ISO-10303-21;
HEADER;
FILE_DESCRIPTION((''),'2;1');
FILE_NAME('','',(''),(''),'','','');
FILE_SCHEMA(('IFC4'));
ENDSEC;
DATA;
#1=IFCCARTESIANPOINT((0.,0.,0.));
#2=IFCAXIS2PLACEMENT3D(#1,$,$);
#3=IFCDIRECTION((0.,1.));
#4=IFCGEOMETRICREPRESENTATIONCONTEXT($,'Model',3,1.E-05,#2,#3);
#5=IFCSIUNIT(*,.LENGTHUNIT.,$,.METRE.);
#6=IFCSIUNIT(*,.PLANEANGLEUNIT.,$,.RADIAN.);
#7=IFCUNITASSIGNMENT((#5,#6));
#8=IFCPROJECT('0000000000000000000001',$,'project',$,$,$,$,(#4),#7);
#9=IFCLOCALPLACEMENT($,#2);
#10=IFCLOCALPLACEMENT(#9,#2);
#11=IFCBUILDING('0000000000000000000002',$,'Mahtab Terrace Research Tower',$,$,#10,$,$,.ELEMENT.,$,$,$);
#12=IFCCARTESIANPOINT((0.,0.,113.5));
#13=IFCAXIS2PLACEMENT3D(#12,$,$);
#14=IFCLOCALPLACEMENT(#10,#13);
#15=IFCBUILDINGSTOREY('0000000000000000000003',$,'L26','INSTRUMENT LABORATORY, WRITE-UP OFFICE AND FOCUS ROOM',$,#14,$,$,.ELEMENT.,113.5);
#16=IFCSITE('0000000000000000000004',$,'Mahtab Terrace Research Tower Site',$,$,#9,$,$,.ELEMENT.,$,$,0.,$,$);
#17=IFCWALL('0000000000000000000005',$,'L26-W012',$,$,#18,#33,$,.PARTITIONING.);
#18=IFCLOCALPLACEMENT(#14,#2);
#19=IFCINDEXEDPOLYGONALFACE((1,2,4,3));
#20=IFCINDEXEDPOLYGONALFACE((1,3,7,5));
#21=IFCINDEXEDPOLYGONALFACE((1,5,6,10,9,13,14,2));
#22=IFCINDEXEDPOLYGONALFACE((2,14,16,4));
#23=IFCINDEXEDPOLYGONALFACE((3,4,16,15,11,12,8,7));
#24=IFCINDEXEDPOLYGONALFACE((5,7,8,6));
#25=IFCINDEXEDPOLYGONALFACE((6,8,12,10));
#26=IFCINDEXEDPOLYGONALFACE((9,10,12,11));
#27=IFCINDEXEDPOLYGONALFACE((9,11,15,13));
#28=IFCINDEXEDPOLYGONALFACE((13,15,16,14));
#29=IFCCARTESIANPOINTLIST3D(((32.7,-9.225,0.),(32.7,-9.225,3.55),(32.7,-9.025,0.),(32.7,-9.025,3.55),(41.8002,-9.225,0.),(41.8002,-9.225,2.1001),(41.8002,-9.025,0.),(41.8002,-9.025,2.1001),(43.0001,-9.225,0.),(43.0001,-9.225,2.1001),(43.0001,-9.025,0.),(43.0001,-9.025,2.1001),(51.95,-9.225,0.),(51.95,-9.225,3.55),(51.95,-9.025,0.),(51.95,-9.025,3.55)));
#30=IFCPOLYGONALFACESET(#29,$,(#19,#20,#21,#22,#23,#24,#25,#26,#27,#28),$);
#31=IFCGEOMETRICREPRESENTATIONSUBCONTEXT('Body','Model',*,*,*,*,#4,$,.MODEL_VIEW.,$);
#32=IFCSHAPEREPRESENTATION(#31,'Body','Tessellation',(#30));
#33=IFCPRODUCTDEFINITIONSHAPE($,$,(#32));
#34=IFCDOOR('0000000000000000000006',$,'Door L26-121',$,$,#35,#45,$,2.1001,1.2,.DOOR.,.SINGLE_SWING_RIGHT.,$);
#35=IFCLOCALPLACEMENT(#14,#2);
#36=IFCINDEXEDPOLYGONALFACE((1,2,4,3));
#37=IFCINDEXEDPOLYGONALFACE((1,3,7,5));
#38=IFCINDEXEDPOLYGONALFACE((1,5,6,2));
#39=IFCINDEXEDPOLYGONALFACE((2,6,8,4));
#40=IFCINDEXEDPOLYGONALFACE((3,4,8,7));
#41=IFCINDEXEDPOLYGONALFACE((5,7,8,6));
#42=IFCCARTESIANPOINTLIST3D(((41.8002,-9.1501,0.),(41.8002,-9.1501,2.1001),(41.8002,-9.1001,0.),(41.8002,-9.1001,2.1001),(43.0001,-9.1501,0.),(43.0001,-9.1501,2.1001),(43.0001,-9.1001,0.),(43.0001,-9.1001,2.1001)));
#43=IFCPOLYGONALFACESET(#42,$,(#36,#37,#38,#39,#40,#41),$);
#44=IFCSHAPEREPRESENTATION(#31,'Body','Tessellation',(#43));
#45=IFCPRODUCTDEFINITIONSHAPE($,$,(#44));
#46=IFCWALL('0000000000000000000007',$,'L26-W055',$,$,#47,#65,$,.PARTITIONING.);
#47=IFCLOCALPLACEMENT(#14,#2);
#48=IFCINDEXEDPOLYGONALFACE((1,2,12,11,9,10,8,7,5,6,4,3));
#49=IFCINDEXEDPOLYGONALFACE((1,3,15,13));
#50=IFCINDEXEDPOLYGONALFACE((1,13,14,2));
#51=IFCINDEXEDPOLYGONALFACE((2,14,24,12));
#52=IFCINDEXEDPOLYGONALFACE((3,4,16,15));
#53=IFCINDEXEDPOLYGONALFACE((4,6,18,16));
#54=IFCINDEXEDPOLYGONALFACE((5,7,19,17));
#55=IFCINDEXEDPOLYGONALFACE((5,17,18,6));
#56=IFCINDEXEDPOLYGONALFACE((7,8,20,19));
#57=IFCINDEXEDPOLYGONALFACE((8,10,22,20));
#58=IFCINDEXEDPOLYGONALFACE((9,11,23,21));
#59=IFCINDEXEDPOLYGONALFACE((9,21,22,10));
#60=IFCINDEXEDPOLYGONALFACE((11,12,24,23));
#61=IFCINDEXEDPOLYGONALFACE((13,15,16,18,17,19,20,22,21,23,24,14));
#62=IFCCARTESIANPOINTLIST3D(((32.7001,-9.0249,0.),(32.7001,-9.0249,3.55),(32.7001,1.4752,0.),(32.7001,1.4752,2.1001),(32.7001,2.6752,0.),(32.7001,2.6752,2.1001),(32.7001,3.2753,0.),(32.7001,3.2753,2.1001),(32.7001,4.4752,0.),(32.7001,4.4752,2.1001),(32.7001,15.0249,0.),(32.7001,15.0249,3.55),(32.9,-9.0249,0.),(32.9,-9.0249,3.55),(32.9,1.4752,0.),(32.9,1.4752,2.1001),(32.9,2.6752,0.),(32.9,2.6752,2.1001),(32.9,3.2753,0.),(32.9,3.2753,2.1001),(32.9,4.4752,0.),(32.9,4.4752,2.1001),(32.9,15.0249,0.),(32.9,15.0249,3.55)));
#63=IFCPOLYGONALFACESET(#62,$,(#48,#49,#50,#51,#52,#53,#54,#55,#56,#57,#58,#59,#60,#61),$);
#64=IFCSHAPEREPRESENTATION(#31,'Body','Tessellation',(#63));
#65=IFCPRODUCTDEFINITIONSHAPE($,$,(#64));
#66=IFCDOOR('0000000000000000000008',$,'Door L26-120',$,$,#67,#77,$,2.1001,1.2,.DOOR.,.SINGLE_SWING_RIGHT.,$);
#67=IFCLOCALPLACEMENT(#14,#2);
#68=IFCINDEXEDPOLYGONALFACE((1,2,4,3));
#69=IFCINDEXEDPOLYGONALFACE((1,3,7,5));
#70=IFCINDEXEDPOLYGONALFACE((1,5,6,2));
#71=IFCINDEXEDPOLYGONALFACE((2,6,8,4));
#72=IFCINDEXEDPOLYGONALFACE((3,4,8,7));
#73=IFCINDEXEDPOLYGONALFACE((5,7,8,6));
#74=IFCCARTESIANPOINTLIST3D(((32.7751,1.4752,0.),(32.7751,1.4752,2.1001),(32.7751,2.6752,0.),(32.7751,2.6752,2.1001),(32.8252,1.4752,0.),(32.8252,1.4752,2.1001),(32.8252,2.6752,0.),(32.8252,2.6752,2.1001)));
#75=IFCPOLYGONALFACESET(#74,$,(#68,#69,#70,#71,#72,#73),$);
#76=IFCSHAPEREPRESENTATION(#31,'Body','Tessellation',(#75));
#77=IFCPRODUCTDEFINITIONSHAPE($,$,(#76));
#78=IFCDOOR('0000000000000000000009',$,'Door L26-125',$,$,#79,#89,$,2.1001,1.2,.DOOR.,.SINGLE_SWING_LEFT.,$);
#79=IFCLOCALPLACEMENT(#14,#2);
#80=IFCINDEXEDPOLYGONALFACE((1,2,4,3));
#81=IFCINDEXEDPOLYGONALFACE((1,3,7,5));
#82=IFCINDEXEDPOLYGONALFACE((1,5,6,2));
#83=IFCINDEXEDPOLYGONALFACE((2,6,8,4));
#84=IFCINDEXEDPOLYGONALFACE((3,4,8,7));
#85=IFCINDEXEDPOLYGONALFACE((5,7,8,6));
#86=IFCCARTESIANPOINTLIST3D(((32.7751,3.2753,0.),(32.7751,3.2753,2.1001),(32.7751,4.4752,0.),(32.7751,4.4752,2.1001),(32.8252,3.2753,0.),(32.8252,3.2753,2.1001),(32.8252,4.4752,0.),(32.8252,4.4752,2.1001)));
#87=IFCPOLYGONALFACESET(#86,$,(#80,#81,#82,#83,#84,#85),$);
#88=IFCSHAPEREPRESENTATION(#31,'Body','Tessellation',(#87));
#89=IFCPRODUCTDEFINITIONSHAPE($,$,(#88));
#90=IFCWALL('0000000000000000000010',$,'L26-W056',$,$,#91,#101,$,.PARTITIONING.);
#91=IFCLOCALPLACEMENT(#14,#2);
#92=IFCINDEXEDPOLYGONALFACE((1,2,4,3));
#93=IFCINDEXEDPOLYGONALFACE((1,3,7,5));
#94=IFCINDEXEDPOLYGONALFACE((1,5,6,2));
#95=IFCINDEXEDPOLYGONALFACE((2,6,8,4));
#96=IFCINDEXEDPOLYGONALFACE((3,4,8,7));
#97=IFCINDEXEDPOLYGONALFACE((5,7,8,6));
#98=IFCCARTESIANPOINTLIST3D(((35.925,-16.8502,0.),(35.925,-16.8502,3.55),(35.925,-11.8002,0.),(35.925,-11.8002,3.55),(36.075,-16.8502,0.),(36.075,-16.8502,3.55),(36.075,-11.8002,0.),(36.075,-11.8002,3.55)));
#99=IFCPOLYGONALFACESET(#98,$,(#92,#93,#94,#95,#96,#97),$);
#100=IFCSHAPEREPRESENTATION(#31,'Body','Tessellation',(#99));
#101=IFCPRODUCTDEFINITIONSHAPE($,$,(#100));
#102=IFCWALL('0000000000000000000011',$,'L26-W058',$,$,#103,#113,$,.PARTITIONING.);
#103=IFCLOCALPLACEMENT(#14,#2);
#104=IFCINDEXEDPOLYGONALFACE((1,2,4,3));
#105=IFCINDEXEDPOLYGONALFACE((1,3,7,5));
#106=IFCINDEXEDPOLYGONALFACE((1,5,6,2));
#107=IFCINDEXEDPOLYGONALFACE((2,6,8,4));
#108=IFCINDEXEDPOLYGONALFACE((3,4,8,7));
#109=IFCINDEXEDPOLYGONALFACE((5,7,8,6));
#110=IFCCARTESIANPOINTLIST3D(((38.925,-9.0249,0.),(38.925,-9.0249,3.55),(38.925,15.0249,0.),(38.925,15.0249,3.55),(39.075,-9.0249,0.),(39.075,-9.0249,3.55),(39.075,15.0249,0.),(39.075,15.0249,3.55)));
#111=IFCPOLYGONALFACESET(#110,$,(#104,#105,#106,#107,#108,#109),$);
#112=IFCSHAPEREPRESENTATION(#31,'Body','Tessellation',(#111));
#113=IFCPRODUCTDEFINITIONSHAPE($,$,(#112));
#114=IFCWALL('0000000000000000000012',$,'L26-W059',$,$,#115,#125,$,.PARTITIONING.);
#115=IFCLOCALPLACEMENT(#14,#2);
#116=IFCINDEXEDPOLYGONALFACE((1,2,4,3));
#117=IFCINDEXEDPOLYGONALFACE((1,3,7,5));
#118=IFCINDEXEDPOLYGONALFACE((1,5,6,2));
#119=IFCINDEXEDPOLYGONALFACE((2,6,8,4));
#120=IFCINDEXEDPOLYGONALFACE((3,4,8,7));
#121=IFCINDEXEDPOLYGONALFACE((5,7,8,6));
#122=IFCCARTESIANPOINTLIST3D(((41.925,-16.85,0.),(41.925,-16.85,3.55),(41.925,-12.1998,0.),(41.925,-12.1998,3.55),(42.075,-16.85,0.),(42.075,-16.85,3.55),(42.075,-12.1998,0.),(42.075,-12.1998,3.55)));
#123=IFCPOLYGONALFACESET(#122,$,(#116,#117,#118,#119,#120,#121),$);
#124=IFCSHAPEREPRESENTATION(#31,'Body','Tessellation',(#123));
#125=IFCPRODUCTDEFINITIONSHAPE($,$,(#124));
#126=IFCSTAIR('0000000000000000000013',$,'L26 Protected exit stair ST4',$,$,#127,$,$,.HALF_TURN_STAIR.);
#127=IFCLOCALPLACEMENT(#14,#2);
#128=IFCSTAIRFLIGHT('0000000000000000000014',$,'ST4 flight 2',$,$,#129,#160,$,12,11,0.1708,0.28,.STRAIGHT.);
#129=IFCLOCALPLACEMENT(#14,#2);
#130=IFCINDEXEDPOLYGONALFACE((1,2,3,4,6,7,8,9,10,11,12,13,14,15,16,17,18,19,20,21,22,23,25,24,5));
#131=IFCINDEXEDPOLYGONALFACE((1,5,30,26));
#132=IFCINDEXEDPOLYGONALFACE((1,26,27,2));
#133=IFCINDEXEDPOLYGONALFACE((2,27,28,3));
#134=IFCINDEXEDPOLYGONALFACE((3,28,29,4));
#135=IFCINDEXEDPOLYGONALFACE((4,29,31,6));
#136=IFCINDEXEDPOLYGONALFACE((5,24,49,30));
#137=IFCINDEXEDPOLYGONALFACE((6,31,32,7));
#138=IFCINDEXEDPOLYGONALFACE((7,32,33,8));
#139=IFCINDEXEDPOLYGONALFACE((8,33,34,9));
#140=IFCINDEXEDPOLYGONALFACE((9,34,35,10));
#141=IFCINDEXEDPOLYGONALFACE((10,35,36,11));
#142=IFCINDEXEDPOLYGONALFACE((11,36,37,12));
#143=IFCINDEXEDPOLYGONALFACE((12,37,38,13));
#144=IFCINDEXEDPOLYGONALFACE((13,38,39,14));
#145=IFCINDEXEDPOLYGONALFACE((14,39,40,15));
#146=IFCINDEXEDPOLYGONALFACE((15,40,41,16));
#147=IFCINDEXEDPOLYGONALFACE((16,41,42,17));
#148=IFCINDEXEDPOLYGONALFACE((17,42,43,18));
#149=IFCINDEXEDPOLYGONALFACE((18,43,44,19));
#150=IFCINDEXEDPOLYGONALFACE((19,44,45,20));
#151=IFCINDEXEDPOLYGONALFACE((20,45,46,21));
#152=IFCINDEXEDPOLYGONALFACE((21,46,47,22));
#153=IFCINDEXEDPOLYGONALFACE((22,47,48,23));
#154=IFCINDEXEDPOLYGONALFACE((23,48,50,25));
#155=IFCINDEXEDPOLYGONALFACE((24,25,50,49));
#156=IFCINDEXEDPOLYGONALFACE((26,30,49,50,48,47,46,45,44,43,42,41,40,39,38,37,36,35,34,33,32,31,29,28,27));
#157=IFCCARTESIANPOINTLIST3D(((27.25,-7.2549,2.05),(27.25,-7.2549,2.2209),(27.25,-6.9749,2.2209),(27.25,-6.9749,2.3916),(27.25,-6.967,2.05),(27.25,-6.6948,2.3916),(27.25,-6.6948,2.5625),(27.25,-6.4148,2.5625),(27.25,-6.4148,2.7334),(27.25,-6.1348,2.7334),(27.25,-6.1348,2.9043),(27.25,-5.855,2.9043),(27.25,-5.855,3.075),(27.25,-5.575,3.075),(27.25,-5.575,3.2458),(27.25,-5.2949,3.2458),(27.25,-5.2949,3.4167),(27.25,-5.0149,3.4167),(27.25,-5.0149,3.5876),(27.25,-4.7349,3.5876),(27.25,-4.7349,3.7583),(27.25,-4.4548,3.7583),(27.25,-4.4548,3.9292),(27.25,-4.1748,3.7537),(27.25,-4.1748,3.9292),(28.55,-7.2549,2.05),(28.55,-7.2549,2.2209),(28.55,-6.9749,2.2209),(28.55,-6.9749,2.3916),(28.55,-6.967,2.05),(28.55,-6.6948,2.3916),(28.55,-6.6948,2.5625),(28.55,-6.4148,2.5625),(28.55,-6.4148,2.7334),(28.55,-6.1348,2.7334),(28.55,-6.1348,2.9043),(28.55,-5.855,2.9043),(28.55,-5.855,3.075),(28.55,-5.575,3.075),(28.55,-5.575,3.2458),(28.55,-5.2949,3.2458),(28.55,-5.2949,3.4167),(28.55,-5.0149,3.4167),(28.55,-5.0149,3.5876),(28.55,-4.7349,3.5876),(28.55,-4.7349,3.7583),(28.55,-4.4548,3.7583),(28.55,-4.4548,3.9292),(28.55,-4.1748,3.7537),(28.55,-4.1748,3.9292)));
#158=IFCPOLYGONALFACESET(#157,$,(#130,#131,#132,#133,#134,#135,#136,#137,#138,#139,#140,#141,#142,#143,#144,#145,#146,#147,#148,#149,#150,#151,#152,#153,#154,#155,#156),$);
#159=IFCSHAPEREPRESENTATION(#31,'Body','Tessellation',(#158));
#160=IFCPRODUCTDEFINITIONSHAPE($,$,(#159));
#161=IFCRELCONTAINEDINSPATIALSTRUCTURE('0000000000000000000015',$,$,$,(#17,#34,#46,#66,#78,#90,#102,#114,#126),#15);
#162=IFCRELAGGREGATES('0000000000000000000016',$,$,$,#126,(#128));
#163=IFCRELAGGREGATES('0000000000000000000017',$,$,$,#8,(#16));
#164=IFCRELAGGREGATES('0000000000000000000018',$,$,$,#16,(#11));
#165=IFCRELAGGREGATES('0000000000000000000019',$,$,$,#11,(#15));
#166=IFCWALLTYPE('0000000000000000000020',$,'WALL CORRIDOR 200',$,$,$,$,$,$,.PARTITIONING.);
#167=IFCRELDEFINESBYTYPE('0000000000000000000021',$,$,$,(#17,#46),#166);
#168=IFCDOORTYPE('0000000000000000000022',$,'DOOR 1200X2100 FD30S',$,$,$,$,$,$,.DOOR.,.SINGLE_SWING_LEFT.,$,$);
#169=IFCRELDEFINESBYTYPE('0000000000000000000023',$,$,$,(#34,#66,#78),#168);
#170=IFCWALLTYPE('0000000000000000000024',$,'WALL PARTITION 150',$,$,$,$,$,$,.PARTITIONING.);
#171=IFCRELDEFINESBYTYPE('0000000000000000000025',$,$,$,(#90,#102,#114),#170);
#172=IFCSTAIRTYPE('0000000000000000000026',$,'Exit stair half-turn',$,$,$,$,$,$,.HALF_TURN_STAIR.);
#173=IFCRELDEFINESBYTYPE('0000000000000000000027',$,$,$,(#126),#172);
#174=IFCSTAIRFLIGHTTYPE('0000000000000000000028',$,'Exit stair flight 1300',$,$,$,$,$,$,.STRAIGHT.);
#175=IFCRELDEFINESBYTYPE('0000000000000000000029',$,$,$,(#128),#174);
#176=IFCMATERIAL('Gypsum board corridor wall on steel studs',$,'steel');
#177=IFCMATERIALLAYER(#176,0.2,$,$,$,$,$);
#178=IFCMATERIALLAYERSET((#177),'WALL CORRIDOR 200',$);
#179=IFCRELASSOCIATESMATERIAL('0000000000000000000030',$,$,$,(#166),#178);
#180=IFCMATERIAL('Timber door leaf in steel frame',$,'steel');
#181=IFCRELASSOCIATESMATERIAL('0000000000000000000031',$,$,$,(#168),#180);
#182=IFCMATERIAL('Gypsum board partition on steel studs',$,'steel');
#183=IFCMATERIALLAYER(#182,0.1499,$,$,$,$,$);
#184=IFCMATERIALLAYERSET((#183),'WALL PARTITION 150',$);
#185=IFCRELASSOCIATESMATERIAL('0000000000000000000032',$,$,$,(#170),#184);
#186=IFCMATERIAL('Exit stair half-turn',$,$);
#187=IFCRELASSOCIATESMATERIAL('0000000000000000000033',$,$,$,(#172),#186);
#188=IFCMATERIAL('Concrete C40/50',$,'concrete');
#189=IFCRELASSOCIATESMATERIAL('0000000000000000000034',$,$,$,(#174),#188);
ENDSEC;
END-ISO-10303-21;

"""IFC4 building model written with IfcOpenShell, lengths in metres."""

from ifc_helpers import new_model, si_unit, direction, frame, frame_2d, origin, place, context, subcontext, project, spatial, polyline, rectangle, outline, extrude, material, layer, layer_set, type_object, element, fill, aggregate, save


model = new_model("IFC4")

# Units and contexts
model_context = context("Model", 3, precision=1e-05, world=origin(), true_north=direction((0.0, 1.0)))
body_context = subcontext(model_context, "Body", "Model", "MODEL_VIEW")
ifc_project = project(units=[si_unit("LENGTHUNIT", "METRE"), si_unit("PLANEANGLEUNIT", "RADIAN")], contexts=[model_context])

# Site, building, storey
site_placement = place(None, origin())
site = spatial("IfcSite", under=ifc_project, at=site_placement, Name="Mahtab Terrace Research Tower Site", CompositionType="ELEMENT", RefElevation=0.0)
building_placement = place(site_placement, origin())
building = spatial("IfcBuilding", under=site, at=building_placement, Name="Mahtab Terrace Research Tower", CompositionType="ELEMENT")
storey_placement = place(building_placement, frame((0.0, 0.0, 113.5)))
storey = spatial("IfcBuildingStorey", under=building, at=storey_placement, Name="L26", Description="INSTRUMENT LABORATORY, WRITE-UP OFFICE AND FOCUS ROOM", CompositionType="ELEMENT", Elevation=113.5)

# Shared definitions
ifc_material_1 = material(Name="Gypsum board corridor wall on steel studs", Category="steel")
ifc_layer_1 = layer(ifc_material_1, 0.2)
ifc_layer_set_1 = layer_set([ifc_layer_1], Name="WALL CORRIDOR 200")
wall_type_1 = type_object("IfcWallType", Name="WALL CORRIDOR 200", PredefinedType="PARTITIONING", material=ifc_layer_set_1)
ifc_material_2 = material(Name="Timber door leaf in steel frame", Category="steel")

# Wall, opening, door
wall_1_placement = place(storey_placement, frame((32.7, -9.125, 0.0), z_axis=(0.0, 0.0, 1.0), x_axis=(1.0, 0.0, 0.0)))
wall_1 = element("IfcWall", 1, at=wall_1_placement, inside=storey, type_object=wall_type_1, Name="L26-W012", PredefinedType="PARTITIONING", context=body_context, shape_type="SweptSolid", body=[
    extrude(rectangle(XDim=19.25, YDim=0.2, at=frame_2d((9.625, 0.0))), origin(), (0.0, 0.0, 1.0), 3.55),
])
opening_1_placement = place(wall_1_placement, frame((9.1001, 0.0, 0.0)))
opening_1 = element("IfcOpeningElement", 2, at=opening_1_placement, cuts=wall_1, PredefinedType="OPENING", context=body_context, shape_type="SweptSolid", body=[
    extrude(rectangle(XDim=1.2, YDim=2.1001, at=frame_2d((0.6001, 1.05))), frame((0.0, 0.1099, 0.0), z_axis=(0.0, -1.0, 0.0), x_axis=(1.0, 0.0, 0.0)), (0.0, 0.0, 1.0), 0.22),
])
door_type_1 = type_object("IfcDoorType", Name="DOOR 1200X2100 FD30S", OperationType="SINGLE_SWING_LEFT", PredefinedType="DOOR", material=ifc_material_2)
door_1_placement = place(opening_1_placement, origin())
door_1 = element("IfcDoor", 3, at=door_1_placement, inside=storey, type_object=door_type_1, Name="Door L26-121", OperationType="SINGLE_SWING_RIGHT", OverallHeight=2.1001, OverallWidth=1.2, PredefinedType="DOOR", context=body_context, shape_type="SweptSolid", body=[
    extrude(rectangle(XDim=1.2, YDim=2.1001, at=frame_2d((0.6001, 1.05))), frame((0.0, 0.0249, 0.0), z_axis=(0.0, -1.0, 0.0), x_axis=(1.0, 0.0, 0.0)), (0.0, 0.0, 1.0), 0.05),
])
fill(opening_1, door_1)

# Wall, openings, doors
wall_2_placement = place(storey_placement, frame((32.8, -9.0249, 0.0), z_axis=(0.0, 0.0, 1.0), x_axis=(0.0, 1.0, 0.0)))
wall_2 = element("IfcWall", 4, at=wall_2_placement, inside=storey, type_object=wall_type_1, Name="L26-W055", PredefinedType="PARTITIONING", context=body_context, shape_type="SweptSolid", body=[
    extrude(rectangle(XDim=24.0498, YDim=0.2, at=frame_2d((12.0249, 0.0))), origin(), (0.0, 0.0, 1.0), 3.55),
])
opening_2_placement = place(wall_2_placement, frame((10.5, 0.0, 0.0)))
opening_2 = element("IfcOpeningElement", 5, at=opening_2_placement, cuts=wall_2, PredefinedType="OPENING", context=body_context, shape_type="SweptSolid", body=[
    extrude(rectangle(XDim=1.2, YDim=2.1001, at=frame_2d((0.6001, 1.05))), frame((0.0, 0.1099, 0.0), z_axis=(0.0, -1.0, 0.0), x_axis=(1.0, 0.0, 0.0)), (0.0, 0.0, 1.0), 0.22),
])
opening_3_placement = place(wall_2_placement, frame((12.3, 0.0, 0.0)))
opening_3 = element("IfcOpeningElement", 6, at=opening_3_placement, cuts=wall_2, PredefinedType="OPENING", context=body_context, shape_type="SweptSolid", body=[
    extrude(rectangle(XDim=1.2, YDim=2.1001, at=frame_2d((0.6001, 1.05))), frame((0.0, 0.1099, 0.0), z_axis=(0.0, -1.0, 0.0), x_axis=(1.0, 0.0, 0.0)), (0.0, 0.0, 1.0), 0.22),
])
door_2_placement = place(opening_2_placement, origin())
door_2 = element("IfcDoor", 7, at=door_2_placement, inside=storey, type_object=door_type_1, Name="Door L26-120", OperationType="SINGLE_SWING_RIGHT", OverallHeight=2.1001, OverallWidth=1.2, PredefinedType="DOOR", context=body_context, shape_type="SweptSolid", body=[
    extrude(rectangle(XDim=1.2, YDim=2.1001, at=frame_2d((0.6001, 1.05))), frame((0.0, 0.0249, 0.0), z_axis=(0.0, -1.0, 0.0), x_axis=(1.0, 0.0, 0.0)), (0.0, 0.0, 1.0), 0.05),
])
fill(opening_2, door_2)
door_3_placement = place(opening_3_placement, origin())
door_3 = element("IfcDoor", 8, at=door_3_placement, inside=storey, type_object=door_type_1, Name="Door L26-125", OperationType="SINGLE_SWING_LEFT", OverallHeight=2.1001, OverallWidth=1.2, PredefinedType="DOOR", context=body_context, shape_type="SweptSolid", body=[
    extrude(rectangle(XDim=1.2, YDim=2.1001, at=frame_2d((0.6001, 1.05))), frame((0.0, 0.0249, 0.0), z_axis=(0.0, -1.0, 0.0), x_axis=(1.0, 0.0, 0.0)), (0.0, 0.0, 1.0), 0.05),
])
fill(opening_3, door_3)

# Walls
ifc_material_3 = material(Name="Gypsum board partition on steel studs", Category="steel")
ifc_layer_2 = layer(ifc_material_3, 0.1499)
ifc_layer_set_2 = layer_set([ifc_layer_2], Name="WALL PARTITION 150")
wall_type_2 = type_object("IfcWallType", Name="WALL PARTITION 150", PredefinedType="PARTITIONING", material=ifc_layer_set_2)
wall_3_placement = place(storey_placement, frame((36.0, -16.8501, 0.0), z_axis=(0.0, 0.0, 1.0), x_axis=(0.0, 1.0, 0.0)))
element("IfcWall", 9, at=wall_3_placement, inside=storey, type_object=wall_type_2, Name="L26-W056", PredefinedType="PARTITIONING", context=body_context, shape_type="SweptSolid", body=[
    extrude(rectangle(XDim=5.05, YDim=0.1499, at=frame_2d((2.5249, 0.0))), origin(), (0.0, 0.0, 1.0), 3.55),
])
wall_4_placement = place(storey_placement, frame((39.0, -9.0249, 0.0), z_axis=(0.0, 0.0, 1.0), x_axis=(0.0, 1.0, 0.0)))
element("IfcWall", 10, at=wall_4_placement, inside=storey, type_object=wall_type_2, Name="L26-W058", PredefinedType="PARTITIONING", context=body_context, shape_type="SweptSolid", body=[
    extrude(rectangle(XDim=24.0498, YDim=0.1499, at=frame_2d((12.0249, 0.0))), origin(), (0.0, 0.0, 1.0), 3.55),
])
wall_5_placement = place(storey_placement, frame((42.0, -16.8501, 0.0), z_axis=(0.0, 0.0, 1.0), x_axis=(0.0, 1.0, 0.0)))
element("IfcWall", 11, at=wall_5_placement, inside=storey, type_object=wall_type_2, Name="L26-W059", PredefinedType="PARTITIONING", context=body_context, shape_type="SweptSolid", body=[
    extrude(rectangle(XDim=4.6501, YDim=0.1499, at=frame_2d((2.3252, 0.0))), origin(), (0.0, 0.0, 1.0), 3.55),
])

# Stair, stair flight
ifc_material_4 = material(Name="Exit stair half-turn")
stair_type = type_object("IfcStairType", Name="Exit stair half-turn", PredefinedType="HALF_TURN_STAIR", material=ifc_material_4)
stair_placement = place(storey_placement, origin())
stair = element("IfcStair", 12, at=stair_placement, inside=storey, type_object=stair_type, Name="L26 Protected exit stair ST4", PredefinedType="HALF_TURN_STAIR")
ifc_material_5 = material(Name="Concrete C40/50", Category="concrete")
stair_flight_type = type_object("IfcStairFlightType", Name="Exit stair flight 1300", PredefinedType="STRAIGHT", material=ifc_material_5)
stair_flight_placement = place(storey_placement, frame((27.8999, -7.2549, 2.05), z_axis=(0.0, 0.0, 1.0), x_axis=(0.0, 1.0, 0.0)))
stair_flight = element("IfcStairFlight", 13, at=stair_flight_placement, type_object=stair_flight_type, Name="ST4 flight 2", NumberOfRisers=12, NumberOfTreads=11, PredefinedType="STRAIGHT", RiserHeight=0.1708, TreadLength=0.28, context=body_context, shape_type="SweptSolid", body=[
    extrude(outline(polyline([(0.0, 0.0), (0.0, 0.1709), (0.28, 0.1709), (0.28, 0.3416), (0.5601, 0.3416), (0.5601, 0.5125), (0.8401, 0.5125), (0.8401, 0.6833), (1.1201, 0.6833), (1.1201, 0.8542), (1.3999, 0.8542), (1.3999, 1.0249), (1.6799, 1.0249), (1.6799, 1.1958), (1.96, 1.1958), (1.96, 1.3667), (2.24, 1.3667), (2.24, 1.5376), (2.52, 1.5376), (2.52, 1.7083), (2.8, 1.7083), (2.8, 1.8792), (3.0801, 1.8792), (3.0801, 2.05), (3.0801, 1.7036), (0.2878, 0.0), (0.0, 0.0)])), frame((0.0, 0.6499, 0.0), z_axis=(0.0, -1.0, 0.0), x_axis=(1.0, 0.0, 0.0)), (0.0, 0.0, 1.0), 1.3),
])
aggregate(stair, [stair_flight])

save(model, "model.ifc")
